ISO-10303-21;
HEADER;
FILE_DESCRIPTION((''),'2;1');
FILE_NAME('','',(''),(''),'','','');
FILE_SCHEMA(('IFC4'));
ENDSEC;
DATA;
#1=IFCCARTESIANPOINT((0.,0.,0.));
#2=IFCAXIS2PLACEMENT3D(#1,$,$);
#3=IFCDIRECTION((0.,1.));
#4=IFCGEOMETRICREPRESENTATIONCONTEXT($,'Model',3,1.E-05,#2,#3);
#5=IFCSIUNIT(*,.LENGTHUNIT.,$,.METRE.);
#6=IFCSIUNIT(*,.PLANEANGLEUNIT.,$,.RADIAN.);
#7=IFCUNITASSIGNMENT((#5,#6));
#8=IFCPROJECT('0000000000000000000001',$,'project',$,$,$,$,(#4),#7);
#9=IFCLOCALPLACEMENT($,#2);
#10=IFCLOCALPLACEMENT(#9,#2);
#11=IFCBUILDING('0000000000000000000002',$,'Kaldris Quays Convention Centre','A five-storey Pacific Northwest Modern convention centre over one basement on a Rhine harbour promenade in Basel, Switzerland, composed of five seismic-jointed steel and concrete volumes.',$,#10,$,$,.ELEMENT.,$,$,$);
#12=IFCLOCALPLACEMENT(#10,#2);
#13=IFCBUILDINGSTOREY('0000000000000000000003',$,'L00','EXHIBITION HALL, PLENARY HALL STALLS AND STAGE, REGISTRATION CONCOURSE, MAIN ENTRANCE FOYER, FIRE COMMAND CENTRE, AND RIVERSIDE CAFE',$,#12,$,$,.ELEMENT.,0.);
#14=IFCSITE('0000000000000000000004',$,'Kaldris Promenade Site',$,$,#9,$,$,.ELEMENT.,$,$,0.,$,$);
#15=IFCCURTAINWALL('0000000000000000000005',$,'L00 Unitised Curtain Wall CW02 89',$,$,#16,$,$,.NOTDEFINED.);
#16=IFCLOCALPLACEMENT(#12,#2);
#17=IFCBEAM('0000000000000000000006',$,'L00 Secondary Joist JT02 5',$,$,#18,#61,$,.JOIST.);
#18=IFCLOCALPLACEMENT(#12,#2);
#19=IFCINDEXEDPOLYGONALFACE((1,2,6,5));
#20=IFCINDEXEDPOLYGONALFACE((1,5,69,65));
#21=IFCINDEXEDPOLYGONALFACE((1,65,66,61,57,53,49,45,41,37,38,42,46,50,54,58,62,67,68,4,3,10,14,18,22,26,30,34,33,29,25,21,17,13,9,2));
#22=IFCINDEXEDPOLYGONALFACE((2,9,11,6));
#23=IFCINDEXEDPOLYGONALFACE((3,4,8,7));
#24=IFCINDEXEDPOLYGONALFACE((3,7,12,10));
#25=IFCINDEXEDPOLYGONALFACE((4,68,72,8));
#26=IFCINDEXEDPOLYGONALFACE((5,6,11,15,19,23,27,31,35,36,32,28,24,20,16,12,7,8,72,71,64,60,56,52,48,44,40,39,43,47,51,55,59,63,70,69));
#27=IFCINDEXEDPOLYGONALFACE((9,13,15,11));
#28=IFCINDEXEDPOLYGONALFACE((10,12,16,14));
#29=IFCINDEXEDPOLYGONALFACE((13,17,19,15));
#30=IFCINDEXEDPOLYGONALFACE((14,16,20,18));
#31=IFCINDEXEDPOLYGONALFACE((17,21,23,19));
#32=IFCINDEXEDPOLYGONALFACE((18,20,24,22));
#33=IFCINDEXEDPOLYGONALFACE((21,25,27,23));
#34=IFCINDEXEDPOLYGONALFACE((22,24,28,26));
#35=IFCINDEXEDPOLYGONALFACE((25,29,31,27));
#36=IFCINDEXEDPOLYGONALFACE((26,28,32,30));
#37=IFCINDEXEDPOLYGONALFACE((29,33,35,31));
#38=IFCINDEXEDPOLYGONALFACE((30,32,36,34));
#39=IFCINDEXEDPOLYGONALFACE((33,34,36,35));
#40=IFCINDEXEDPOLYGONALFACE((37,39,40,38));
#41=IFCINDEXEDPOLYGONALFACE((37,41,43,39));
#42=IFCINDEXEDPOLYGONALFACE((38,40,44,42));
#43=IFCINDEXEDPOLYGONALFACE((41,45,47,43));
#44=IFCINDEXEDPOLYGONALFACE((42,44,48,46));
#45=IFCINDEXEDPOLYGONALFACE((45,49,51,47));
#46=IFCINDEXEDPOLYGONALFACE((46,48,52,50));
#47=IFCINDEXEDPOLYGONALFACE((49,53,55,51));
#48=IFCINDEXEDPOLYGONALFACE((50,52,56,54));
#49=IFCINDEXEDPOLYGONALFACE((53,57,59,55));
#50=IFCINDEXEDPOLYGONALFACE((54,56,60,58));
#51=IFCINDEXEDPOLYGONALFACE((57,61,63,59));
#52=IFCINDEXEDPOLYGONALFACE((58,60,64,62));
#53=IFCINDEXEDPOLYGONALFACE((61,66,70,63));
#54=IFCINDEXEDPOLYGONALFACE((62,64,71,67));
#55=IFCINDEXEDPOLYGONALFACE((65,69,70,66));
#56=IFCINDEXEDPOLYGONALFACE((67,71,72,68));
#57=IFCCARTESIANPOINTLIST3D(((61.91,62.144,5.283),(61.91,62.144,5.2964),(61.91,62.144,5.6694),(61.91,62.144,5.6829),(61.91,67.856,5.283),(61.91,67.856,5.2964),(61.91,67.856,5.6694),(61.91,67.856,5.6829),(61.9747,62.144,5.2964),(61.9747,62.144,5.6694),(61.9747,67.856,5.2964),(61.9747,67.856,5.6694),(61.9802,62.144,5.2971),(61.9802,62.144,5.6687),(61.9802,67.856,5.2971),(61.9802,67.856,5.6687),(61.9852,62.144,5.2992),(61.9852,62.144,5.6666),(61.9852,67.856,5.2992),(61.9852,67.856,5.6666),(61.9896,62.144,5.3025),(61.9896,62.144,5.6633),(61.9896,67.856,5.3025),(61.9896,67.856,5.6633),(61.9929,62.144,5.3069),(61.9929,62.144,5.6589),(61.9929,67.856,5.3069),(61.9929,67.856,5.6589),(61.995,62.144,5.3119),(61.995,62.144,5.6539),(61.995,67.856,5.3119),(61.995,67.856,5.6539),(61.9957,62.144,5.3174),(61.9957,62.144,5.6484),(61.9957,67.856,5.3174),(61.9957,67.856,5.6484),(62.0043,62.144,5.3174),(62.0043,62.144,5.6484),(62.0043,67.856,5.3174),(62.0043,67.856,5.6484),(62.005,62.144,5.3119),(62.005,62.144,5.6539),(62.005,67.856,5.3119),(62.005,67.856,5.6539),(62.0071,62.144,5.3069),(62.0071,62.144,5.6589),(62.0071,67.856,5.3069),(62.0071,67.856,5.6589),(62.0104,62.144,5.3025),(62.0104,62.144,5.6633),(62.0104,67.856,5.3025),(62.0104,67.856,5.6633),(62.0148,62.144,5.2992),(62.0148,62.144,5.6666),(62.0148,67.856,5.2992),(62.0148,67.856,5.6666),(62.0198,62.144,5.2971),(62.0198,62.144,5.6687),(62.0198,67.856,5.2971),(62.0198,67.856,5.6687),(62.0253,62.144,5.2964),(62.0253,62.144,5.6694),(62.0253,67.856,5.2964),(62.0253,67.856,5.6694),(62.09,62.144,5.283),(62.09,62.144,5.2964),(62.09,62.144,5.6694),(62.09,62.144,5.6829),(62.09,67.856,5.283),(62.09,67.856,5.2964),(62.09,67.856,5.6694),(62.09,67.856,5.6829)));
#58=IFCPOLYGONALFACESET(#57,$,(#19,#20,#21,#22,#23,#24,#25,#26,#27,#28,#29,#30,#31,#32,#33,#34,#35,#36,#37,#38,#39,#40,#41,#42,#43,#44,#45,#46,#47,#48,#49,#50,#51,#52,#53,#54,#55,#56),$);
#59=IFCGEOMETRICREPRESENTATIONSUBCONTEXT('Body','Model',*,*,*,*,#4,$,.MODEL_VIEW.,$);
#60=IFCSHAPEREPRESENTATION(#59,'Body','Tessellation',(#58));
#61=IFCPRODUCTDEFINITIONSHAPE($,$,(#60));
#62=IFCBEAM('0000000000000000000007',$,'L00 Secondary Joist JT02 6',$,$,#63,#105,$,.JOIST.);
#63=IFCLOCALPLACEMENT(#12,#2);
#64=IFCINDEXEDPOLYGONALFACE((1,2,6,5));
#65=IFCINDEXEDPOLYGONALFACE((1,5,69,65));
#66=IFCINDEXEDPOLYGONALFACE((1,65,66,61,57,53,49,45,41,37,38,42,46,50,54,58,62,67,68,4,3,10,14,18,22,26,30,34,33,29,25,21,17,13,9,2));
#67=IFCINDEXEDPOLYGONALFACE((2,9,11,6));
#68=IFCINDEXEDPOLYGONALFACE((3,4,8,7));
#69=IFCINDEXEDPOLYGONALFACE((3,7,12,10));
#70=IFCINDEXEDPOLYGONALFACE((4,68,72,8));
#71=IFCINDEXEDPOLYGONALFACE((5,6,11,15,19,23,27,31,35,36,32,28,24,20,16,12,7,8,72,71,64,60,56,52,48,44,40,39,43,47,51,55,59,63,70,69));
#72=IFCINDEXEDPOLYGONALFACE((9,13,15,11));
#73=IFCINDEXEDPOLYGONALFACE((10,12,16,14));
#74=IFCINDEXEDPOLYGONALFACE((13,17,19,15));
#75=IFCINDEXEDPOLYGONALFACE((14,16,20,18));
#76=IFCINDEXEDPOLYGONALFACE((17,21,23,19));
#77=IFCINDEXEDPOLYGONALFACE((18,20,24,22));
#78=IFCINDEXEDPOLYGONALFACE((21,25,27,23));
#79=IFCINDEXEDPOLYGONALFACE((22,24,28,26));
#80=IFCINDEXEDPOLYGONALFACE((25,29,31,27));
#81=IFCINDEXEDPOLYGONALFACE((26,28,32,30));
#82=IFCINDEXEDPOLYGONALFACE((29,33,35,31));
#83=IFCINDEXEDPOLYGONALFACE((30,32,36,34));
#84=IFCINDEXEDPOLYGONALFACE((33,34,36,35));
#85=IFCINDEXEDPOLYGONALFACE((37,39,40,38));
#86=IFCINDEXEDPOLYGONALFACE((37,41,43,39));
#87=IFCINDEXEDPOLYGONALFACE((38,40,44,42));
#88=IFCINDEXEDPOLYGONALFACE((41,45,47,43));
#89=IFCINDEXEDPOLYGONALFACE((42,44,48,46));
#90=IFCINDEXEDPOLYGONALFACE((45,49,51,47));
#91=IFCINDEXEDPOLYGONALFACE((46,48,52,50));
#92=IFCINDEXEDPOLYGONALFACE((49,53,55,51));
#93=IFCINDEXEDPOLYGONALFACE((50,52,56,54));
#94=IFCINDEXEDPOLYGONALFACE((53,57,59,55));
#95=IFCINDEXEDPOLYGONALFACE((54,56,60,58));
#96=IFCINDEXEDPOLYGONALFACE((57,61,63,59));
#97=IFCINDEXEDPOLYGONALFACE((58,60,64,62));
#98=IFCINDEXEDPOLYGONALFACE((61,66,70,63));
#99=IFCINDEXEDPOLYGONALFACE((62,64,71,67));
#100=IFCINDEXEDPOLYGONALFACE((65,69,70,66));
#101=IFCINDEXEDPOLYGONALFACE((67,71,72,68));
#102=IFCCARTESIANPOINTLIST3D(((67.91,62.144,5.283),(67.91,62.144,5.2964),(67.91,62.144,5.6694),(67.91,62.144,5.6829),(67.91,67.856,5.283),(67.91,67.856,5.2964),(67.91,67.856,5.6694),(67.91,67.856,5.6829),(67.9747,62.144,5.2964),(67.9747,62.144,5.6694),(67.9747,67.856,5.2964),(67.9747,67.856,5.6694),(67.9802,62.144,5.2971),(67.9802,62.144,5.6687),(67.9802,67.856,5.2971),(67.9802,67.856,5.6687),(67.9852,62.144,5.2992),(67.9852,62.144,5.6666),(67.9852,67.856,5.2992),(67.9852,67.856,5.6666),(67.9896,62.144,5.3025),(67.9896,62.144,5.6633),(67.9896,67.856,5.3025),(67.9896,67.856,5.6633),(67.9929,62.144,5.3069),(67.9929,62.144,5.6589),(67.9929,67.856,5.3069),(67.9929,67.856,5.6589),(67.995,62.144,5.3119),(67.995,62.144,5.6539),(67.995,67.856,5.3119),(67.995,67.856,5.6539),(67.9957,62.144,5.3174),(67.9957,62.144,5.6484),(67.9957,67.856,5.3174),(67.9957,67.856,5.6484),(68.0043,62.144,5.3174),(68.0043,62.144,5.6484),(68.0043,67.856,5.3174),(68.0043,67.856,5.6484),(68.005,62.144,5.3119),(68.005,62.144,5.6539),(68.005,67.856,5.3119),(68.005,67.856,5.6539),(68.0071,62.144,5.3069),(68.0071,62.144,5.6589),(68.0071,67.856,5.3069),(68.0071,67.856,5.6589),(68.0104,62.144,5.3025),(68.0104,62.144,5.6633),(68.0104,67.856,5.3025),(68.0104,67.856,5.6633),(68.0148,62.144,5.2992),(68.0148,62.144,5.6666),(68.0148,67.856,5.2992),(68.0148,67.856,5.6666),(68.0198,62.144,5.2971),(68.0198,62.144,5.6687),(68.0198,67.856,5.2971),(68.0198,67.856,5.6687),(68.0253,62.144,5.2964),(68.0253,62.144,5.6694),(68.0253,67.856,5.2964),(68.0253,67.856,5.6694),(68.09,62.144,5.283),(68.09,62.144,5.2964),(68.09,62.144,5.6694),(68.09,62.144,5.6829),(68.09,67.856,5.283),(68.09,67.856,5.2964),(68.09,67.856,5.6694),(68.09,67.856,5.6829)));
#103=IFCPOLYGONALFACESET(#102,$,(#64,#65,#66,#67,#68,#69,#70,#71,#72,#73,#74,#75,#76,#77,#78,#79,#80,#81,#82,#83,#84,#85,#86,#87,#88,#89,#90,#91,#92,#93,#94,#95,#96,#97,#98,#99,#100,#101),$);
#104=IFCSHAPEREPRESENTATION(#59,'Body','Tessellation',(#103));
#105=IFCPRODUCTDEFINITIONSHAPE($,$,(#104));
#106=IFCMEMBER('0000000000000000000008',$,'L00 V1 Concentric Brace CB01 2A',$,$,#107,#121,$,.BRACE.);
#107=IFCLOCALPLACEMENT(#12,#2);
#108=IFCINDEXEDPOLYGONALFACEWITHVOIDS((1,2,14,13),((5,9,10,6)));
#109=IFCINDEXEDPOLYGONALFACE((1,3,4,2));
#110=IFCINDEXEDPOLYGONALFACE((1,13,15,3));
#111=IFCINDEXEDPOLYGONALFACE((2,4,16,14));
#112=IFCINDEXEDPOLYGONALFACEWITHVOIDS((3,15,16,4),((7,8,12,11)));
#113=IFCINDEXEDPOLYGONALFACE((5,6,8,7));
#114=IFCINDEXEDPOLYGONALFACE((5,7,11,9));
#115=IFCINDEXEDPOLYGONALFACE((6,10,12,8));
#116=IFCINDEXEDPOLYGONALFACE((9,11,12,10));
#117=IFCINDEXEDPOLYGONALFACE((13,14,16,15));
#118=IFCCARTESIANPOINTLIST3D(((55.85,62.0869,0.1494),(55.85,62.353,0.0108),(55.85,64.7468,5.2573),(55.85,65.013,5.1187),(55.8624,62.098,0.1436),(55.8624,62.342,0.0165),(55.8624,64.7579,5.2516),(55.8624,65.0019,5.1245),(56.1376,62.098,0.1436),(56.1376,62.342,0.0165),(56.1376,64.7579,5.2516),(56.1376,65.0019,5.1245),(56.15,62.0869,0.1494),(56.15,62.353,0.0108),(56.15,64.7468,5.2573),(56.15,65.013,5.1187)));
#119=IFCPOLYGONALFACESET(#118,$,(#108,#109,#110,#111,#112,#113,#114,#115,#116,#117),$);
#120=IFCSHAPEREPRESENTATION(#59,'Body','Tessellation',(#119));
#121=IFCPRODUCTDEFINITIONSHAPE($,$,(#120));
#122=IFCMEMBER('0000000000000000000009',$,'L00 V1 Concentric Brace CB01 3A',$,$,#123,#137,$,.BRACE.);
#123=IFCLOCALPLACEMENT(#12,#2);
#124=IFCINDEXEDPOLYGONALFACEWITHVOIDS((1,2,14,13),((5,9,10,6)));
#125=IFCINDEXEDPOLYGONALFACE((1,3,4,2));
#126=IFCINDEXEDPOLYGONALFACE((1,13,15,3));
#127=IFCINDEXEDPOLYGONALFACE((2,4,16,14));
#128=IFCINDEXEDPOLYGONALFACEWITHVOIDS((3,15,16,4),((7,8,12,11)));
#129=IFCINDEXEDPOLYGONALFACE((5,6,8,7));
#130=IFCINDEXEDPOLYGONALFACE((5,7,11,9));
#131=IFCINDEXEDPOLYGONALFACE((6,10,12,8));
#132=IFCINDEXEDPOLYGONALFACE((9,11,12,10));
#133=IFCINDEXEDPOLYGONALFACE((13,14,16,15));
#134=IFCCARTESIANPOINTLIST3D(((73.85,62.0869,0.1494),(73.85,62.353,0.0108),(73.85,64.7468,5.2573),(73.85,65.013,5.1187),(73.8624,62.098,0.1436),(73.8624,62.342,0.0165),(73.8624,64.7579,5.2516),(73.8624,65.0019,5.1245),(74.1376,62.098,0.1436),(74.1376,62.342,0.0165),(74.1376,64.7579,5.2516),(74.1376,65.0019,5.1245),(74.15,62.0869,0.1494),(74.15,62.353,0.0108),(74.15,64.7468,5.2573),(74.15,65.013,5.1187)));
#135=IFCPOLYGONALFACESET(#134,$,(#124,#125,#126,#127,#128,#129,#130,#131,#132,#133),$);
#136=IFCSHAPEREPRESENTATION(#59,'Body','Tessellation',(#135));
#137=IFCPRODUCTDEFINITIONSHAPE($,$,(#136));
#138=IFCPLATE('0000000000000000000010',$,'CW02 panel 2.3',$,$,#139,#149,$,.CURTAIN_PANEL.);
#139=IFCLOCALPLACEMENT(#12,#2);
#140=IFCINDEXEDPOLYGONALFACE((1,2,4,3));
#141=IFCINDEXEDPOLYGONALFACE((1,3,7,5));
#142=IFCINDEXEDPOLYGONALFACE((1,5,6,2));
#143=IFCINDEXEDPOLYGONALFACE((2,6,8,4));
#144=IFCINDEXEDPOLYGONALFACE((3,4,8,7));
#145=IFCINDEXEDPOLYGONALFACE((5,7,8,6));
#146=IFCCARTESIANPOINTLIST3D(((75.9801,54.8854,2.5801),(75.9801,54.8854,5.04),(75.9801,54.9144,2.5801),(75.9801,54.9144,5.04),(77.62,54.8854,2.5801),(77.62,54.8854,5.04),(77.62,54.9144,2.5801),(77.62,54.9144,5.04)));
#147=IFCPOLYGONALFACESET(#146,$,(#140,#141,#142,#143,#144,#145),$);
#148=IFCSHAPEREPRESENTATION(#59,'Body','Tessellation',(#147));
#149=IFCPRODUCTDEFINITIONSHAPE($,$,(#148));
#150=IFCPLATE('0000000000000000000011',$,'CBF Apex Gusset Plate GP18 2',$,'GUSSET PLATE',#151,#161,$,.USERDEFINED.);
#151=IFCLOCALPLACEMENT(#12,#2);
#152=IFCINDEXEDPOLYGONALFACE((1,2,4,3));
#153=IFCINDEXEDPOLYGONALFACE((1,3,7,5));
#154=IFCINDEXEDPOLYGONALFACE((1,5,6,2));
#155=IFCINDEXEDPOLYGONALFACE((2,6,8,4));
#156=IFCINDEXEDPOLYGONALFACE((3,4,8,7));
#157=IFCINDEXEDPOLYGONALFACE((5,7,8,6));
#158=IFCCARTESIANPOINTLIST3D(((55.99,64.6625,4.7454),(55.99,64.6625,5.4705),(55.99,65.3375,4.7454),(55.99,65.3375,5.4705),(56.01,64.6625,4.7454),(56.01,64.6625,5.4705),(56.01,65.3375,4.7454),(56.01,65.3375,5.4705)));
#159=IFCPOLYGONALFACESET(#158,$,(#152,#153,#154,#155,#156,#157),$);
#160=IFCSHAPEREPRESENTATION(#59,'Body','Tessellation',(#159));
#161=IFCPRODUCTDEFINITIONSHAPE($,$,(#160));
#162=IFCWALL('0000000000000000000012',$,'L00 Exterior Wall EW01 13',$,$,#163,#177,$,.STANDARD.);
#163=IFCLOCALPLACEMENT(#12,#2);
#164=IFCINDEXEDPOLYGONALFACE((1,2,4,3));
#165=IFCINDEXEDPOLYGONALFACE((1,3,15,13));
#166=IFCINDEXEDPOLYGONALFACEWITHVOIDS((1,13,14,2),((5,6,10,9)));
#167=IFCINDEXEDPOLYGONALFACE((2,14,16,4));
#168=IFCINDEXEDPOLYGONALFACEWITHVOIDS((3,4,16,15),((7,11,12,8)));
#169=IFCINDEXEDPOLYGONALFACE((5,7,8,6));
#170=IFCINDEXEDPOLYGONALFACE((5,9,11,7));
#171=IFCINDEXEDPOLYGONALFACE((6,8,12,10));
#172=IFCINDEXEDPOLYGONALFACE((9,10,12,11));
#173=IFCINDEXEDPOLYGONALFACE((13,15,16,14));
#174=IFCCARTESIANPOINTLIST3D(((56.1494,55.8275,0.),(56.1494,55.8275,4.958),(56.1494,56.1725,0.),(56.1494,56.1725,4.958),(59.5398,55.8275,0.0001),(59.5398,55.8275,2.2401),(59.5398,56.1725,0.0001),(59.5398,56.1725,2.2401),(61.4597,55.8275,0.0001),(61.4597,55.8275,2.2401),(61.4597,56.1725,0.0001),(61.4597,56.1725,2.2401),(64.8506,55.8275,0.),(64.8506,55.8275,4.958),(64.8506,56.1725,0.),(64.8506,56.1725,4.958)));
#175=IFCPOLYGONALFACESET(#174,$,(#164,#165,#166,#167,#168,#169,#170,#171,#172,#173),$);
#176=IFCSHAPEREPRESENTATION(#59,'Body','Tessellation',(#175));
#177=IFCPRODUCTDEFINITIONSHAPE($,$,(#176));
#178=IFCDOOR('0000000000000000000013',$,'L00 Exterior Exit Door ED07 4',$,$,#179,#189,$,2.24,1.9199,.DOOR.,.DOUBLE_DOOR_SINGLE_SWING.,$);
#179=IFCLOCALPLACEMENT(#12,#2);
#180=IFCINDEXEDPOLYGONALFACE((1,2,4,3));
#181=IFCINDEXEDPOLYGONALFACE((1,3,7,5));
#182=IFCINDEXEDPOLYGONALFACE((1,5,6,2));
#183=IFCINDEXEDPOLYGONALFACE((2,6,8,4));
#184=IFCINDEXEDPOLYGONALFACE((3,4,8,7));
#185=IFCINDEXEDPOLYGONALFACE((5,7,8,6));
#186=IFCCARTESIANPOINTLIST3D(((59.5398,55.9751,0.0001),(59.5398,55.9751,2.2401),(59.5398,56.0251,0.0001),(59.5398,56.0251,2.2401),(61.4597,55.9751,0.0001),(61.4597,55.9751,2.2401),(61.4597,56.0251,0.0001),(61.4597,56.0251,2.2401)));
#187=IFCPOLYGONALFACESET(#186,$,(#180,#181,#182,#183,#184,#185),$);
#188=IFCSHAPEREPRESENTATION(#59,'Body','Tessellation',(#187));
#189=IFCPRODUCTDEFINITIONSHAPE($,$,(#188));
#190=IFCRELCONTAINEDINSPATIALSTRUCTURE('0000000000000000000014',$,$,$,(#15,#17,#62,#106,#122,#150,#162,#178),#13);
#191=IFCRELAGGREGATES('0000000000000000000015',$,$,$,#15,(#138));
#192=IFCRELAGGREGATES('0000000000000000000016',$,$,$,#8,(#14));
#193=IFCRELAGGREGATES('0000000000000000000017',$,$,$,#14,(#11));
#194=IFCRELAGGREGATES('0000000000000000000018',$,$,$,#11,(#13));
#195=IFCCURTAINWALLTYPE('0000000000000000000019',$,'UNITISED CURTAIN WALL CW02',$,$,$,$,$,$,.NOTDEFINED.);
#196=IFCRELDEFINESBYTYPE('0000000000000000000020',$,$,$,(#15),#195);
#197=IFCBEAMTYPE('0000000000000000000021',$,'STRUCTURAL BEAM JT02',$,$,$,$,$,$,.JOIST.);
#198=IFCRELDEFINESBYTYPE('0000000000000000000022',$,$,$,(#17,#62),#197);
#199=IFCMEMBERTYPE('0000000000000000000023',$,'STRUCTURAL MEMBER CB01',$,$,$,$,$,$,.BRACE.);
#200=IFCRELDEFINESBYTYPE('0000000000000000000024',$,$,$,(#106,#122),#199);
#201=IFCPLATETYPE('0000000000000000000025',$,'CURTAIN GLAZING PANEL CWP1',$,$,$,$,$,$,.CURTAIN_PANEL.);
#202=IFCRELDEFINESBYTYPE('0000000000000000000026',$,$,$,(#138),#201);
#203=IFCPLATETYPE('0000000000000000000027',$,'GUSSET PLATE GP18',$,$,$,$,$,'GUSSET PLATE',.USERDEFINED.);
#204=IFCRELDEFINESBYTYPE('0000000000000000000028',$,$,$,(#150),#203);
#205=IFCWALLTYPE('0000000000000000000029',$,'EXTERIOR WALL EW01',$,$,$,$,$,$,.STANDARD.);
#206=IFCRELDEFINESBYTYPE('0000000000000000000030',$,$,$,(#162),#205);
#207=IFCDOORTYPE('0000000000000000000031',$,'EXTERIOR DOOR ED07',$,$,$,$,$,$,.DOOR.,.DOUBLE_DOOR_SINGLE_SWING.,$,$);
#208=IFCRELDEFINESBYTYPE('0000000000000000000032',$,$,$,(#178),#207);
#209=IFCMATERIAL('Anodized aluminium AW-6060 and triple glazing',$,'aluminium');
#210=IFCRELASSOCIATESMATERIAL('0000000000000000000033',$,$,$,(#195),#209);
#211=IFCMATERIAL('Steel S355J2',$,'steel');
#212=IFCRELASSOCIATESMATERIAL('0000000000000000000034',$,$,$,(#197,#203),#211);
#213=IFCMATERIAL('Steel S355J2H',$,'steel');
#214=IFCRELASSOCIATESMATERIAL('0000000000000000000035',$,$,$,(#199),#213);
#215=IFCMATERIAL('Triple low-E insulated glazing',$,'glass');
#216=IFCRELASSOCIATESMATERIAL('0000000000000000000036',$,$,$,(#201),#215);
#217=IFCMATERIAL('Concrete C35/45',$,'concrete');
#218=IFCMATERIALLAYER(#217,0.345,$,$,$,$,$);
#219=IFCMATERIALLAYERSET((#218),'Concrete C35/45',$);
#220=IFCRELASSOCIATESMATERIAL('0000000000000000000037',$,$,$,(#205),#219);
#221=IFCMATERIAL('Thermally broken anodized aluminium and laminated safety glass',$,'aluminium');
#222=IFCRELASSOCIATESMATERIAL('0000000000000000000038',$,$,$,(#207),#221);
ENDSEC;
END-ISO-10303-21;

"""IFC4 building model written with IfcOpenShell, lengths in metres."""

from ifc_helpers import new_model, si_unit, direction, frame, frame_2d, origin, origin_2d, place, context, subcontext, project, spatial, rectangle, hollow_rectangle, i_section, extrude, material, layer, layer_set, material_profile, profile_set, type_object, element, fill, aggregate, save


model = new_model("IFC4")

# Units and contexts
model_context = context("Model", 3, precision=1e-05, world=origin(), true_north=direction((0.0, 1.0)))
body_context = subcontext(model_context, "Body", "Model", "MODEL_VIEW")
ifc_project = project(units=[si_unit("LENGTHUNIT", "METRE"), si_unit("PLANEANGLEUNIT", "RADIAN")], contexts=[model_context])

# Site, building, storey
site_placement = place(None, origin())
site = spatial("IfcSite", under=ifc_project, at=site_placement, Name="Kaldris Promenade Site", CompositionType="ELEMENT", RefElevation=0.0)
building_placement = place(site_placement, origin())
building = spatial("IfcBuilding", under=site, at=building_placement, Name="Kaldris Quays Convention Centre", Description="A five-storey Pacific Northwest Modern convention centre over one basement on a Rhine harbour promenade in Basel, Switzerland, composed of five seismic-jointed steel and concrete volumes.", CompositionType="ELEMENT")
storey_placement = place(building_placement, origin())
storey = spatial("IfcBuildingStorey", under=building, at=storey_placement, Name="L00", Description="EXHIBITION HALL, PLENARY HALL STALLS AND STAGE, REGISTRATION CONCOURSE, MAIN ENTRANCE FOYER, FIRE COMMAND CENTRE, AND RIVERSIDE CAFE", CompositionType="ELEMENT", Elevation=0.0)

# Shared definitions
ifc_material_1 = material(Name="Steel S355J2", Category="steel")

# Curtain wall
ifc_material_2 = material(Name="Anodized aluminium AW-6060 and triple glazing", Category="aluminium")
curtain_wall_type = type_object("IfcCurtainWallType", Name="UNITISED CURTAIN WALL CW02", PredefinedType="NOTDEFINED", material=ifc_material_2)
curtain_wall_placement = place(storey_placement, origin())
curtain_wall = element("IfcCurtainWall", 1, at=curtain_wall_placement, inside=storey, type_object=curtain_wall_type, Name="L00 Unitised Curtain Wall CW02 89", PredefinedType="NOTDEFINED")

# Beams
ifc_material_profile_1 = material_profile(ifc_material_1, i_section(OverallWidth=0.1799, OverallDepth=0.3999, WebThickness=0.0085, FlangeThickness=0.0134, FilletRadius=0.021, at=origin_2d()), Name="IPE 400")
ifc_profile_set_1 = profile_set([ifc_material_profile_1], Name="Steel S355J2")
beam_type_1 = type_object("IfcBeamType", Name="STRUCTURAL BEAM JT02", PredefinedType="JOIST", material=ifc_profile_set_1)
for number, where, z_axis, x_axis, name in (
    (2, (62.0, 62.144, 5.4829), (0.0, 1.0, 0.0), (-1.0, 0.0, 0.0), "L00 Secondary Joist JT02 5"),
    (3, (68.0, 62.144, 5.4829), (0.0, 1.0, 0.0), (-1.0, 0.0, 0.0), "L00 Secondary Joist JT02 6"),
):
    element("IfcBeam", number, at=place(storey_placement, frame(where, z_axis=z_axis, x_axis=x_axis)), inside=storey, type_object=beam_type_1, Name=name, PredefinedType="JOIST", context=body_context, shape_type="SweptSolid", body=[
        extrude(i_section(OverallWidth=0.1799, OverallDepth=0.3999, WebThickness=0.0085, FlangeThickness=0.0134, FilletRadius=0.021, at=origin_2d()), origin(), (0.0, 0.0, 1.0), 5.7119),
    ])

# Members
ifc_material_3 = material(Name="Steel S355J2H", Category="steel")
ifc_material_profile_2 = material_profile(ifc_material_3, hollow_rectangle(XDim=0.3, YDim=0.3, WallThickness=0.0125, at=origin_2d()), Name="SHS 300x300x12.5")
ifc_profile_set_2 = profile_set([ifc_material_profile_2], Name="Steel S355J2H")
member_type_1 = type_object("IfcMemberType", Name="STRUCTURAL MEMBER CB01", PredefinedType="BRACE", material=ifc_profile_set_2)
for number, where, z_axis, x_axis, name in (
    (4, (56.0, 62.22, 0.0801), (0.0, 0.461872, 0.886947), (-1.0, 0.0, 0.0), "L00 V1 Concentric Brace CB01 2A"),
    (5, (74.0, 62.22, 0.0801), (0.0, 0.461872, 0.886947), (-1.0, 0.0, 0.0), "L00 V1 Concentric Brace CB01 3A"),
):
    element("IfcMember", number, at=place(storey_placement, frame(where, z_axis=z_axis, x_axis=x_axis)), inside=storey, type_object=member_type_1, Name=name, PredefinedType="BRACE", context=body_context, shape_type="SweptSolid", body=[
        extrude(hollow_rectangle(XDim=0.3, YDim=0.3, WallThickness=0.0125, at=origin_2d()), origin(), (0.0, 0.0, 1.0), 5.759),
    ])

# Plates
ifc_material_4 = material(Name="Triple low-E insulated glazing", Category="glass")
plate_type_1 = type_object("IfcPlateType", Name="CURTAIN GLAZING PANEL CWP1", PredefinedType="CURTAIN_PANEL", material=ifc_material_4)
plate_1_placement = place(storey_placement, frame((76.8, 54.8999, 2.5801), z_axis=(0.0, 0.0, 1.0), x_axis=(1.0, 0.0, 0.0)))
plate_1 = element("IfcPlate", 6, at=plate_1_placement, type_object=plate_type_1, Name="CW02 panel 2.3", PredefinedType="CURTAIN_PANEL", context=body_context, shape_type="SweptSolid", body=[
    extrude(rectangle(XDim=1.6399, YDim=0.0291, at=origin_2d()), origin(), (0.0, 0.0, 1.0), 2.46),
])
aggregate(curtain_wall, [plate_1])
plate_type_2 = type_object("IfcPlateType", Name="GUSSET PLATE GP18", ElementType="GUSSET PLATE", PredefinedType="USERDEFINED", material=ifc_material_1)
plate_2_placement = place(storey_placement, frame((56.0, 65.0, 4.7454), z_axis=(0.0, 0.0, 1.0), x_axis=(1.0, 0.0, 0.0)))
element("IfcPlate", 7, at=plate_2_placement, inside=storey, type_object=plate_type_2, Name="CBF Apex Gusset Plate GP18 2", ObjectType="GUSSET PLATE", PredefinedType="USERDEFINED", context=body_context, shape_type="SweptSolid", body=[
    extrude(rectangle(XDim=0.02, YDim=0.675, at=origin_2d()), origin(), (0.0, 0.0, 1.0), 0.7251),
])

# Wall, opening, door
ifc_material_5 = material(Name="Concrete C35/45", Category="concrete")
ifc_layer = layer(ifc_material_5, 0.345)
ifc_layer_set = layer_set([ifc_layer], Name="Concrete C35/45")
wall_type = type_object("IfcWallType", Name="EXTERIOR WALL EW01", PredefinedType="STANDARD", material=ifc_layer_set)
wall_1_placement = place(storey_placement, frame((56.1494, 56.0, 0.0), z_axis=(0.0, 0.0, 1.0), x_axis=(1.0, 0.0, 0.0)))
wall_1 = element("IfcWall", 8, at=wall_1_placement, inside=storey, type_object=wall_type, Name="L00 Exterior Wall EW01 13", PredefinedType="STANDARD", context=body_context, shape_type="SweptSolid", body=[
    extrude(rectangle(XDim=8.7012, YDim=0.345, at=frame_2d((4.3506, 0.0))), origin(), (0.0, 0.0, 1.0), 4.958),
])
opening_1_placement = place(wall_1_placement, frame((3.3904, 0.0, 0.0)))
opening_1 = element("IfcOpeningElement", 9, at=opening_1_placement, cuts=wall_1, PredefinedType="OPENING", context=body_context, shape_type="SweptSolid", body=[
    extrude(rectangle(XDim=1.9199, YDim=2.24, at=frame_2d((0.96, 1.1201))), frame((0.0, 0.1826, 0.0), z_axis=(0.0, -1.0, 0.0), x_axis=(1.0, 0.0, 0.0)), (0.0, 0.0, 1.0), 0.365),
])
ifc_material_6 = material(Name="Thermally broken anodized aluminium and laminated safety glass", Category="aluminium")
door_type_1 = type_object("IfcDoorType", Name="EXTERIOR DOOR ED07", OperationType="DOUBLE_DOOR_SINGLE_SWING", PredefinedType="DOOR", material=ifc_material_6)
door_1_placement = place(opening_1_placement, frame((1.9199, 0.0, 0.0), z_axis=(0.0, 0.0, 1.0), x_axis=(-1.0, 0.0, 0.0)))
door_1 = element("IfcDoor", 10, at=door_1_placement, inside=storey, type_object=door_type_1, Name="L00 Exterior Exit Door ED07 4", OperationType="DOUBLE_DOOR_SINGLE_SWING", OverallHeight=2.24, OverallWidth=1.9199, PredefinedType="DOOR", context=body_context, shape_type="SweptSolid", body=[
    extrude(rectangle(XDim=1.9199, YDim=2.24, at=frame_2d((0.96, 1.1201))), frame((0.0, 0.0249, 0.0), z_axis=(0.0, -1.0, 0.0), x_axis=(1.0, 0.0, 0.0)), (0.0, 0.0, 1.0), 0.05),
])
fill(opening_1, door_1)

save(model, "model.ifc")
